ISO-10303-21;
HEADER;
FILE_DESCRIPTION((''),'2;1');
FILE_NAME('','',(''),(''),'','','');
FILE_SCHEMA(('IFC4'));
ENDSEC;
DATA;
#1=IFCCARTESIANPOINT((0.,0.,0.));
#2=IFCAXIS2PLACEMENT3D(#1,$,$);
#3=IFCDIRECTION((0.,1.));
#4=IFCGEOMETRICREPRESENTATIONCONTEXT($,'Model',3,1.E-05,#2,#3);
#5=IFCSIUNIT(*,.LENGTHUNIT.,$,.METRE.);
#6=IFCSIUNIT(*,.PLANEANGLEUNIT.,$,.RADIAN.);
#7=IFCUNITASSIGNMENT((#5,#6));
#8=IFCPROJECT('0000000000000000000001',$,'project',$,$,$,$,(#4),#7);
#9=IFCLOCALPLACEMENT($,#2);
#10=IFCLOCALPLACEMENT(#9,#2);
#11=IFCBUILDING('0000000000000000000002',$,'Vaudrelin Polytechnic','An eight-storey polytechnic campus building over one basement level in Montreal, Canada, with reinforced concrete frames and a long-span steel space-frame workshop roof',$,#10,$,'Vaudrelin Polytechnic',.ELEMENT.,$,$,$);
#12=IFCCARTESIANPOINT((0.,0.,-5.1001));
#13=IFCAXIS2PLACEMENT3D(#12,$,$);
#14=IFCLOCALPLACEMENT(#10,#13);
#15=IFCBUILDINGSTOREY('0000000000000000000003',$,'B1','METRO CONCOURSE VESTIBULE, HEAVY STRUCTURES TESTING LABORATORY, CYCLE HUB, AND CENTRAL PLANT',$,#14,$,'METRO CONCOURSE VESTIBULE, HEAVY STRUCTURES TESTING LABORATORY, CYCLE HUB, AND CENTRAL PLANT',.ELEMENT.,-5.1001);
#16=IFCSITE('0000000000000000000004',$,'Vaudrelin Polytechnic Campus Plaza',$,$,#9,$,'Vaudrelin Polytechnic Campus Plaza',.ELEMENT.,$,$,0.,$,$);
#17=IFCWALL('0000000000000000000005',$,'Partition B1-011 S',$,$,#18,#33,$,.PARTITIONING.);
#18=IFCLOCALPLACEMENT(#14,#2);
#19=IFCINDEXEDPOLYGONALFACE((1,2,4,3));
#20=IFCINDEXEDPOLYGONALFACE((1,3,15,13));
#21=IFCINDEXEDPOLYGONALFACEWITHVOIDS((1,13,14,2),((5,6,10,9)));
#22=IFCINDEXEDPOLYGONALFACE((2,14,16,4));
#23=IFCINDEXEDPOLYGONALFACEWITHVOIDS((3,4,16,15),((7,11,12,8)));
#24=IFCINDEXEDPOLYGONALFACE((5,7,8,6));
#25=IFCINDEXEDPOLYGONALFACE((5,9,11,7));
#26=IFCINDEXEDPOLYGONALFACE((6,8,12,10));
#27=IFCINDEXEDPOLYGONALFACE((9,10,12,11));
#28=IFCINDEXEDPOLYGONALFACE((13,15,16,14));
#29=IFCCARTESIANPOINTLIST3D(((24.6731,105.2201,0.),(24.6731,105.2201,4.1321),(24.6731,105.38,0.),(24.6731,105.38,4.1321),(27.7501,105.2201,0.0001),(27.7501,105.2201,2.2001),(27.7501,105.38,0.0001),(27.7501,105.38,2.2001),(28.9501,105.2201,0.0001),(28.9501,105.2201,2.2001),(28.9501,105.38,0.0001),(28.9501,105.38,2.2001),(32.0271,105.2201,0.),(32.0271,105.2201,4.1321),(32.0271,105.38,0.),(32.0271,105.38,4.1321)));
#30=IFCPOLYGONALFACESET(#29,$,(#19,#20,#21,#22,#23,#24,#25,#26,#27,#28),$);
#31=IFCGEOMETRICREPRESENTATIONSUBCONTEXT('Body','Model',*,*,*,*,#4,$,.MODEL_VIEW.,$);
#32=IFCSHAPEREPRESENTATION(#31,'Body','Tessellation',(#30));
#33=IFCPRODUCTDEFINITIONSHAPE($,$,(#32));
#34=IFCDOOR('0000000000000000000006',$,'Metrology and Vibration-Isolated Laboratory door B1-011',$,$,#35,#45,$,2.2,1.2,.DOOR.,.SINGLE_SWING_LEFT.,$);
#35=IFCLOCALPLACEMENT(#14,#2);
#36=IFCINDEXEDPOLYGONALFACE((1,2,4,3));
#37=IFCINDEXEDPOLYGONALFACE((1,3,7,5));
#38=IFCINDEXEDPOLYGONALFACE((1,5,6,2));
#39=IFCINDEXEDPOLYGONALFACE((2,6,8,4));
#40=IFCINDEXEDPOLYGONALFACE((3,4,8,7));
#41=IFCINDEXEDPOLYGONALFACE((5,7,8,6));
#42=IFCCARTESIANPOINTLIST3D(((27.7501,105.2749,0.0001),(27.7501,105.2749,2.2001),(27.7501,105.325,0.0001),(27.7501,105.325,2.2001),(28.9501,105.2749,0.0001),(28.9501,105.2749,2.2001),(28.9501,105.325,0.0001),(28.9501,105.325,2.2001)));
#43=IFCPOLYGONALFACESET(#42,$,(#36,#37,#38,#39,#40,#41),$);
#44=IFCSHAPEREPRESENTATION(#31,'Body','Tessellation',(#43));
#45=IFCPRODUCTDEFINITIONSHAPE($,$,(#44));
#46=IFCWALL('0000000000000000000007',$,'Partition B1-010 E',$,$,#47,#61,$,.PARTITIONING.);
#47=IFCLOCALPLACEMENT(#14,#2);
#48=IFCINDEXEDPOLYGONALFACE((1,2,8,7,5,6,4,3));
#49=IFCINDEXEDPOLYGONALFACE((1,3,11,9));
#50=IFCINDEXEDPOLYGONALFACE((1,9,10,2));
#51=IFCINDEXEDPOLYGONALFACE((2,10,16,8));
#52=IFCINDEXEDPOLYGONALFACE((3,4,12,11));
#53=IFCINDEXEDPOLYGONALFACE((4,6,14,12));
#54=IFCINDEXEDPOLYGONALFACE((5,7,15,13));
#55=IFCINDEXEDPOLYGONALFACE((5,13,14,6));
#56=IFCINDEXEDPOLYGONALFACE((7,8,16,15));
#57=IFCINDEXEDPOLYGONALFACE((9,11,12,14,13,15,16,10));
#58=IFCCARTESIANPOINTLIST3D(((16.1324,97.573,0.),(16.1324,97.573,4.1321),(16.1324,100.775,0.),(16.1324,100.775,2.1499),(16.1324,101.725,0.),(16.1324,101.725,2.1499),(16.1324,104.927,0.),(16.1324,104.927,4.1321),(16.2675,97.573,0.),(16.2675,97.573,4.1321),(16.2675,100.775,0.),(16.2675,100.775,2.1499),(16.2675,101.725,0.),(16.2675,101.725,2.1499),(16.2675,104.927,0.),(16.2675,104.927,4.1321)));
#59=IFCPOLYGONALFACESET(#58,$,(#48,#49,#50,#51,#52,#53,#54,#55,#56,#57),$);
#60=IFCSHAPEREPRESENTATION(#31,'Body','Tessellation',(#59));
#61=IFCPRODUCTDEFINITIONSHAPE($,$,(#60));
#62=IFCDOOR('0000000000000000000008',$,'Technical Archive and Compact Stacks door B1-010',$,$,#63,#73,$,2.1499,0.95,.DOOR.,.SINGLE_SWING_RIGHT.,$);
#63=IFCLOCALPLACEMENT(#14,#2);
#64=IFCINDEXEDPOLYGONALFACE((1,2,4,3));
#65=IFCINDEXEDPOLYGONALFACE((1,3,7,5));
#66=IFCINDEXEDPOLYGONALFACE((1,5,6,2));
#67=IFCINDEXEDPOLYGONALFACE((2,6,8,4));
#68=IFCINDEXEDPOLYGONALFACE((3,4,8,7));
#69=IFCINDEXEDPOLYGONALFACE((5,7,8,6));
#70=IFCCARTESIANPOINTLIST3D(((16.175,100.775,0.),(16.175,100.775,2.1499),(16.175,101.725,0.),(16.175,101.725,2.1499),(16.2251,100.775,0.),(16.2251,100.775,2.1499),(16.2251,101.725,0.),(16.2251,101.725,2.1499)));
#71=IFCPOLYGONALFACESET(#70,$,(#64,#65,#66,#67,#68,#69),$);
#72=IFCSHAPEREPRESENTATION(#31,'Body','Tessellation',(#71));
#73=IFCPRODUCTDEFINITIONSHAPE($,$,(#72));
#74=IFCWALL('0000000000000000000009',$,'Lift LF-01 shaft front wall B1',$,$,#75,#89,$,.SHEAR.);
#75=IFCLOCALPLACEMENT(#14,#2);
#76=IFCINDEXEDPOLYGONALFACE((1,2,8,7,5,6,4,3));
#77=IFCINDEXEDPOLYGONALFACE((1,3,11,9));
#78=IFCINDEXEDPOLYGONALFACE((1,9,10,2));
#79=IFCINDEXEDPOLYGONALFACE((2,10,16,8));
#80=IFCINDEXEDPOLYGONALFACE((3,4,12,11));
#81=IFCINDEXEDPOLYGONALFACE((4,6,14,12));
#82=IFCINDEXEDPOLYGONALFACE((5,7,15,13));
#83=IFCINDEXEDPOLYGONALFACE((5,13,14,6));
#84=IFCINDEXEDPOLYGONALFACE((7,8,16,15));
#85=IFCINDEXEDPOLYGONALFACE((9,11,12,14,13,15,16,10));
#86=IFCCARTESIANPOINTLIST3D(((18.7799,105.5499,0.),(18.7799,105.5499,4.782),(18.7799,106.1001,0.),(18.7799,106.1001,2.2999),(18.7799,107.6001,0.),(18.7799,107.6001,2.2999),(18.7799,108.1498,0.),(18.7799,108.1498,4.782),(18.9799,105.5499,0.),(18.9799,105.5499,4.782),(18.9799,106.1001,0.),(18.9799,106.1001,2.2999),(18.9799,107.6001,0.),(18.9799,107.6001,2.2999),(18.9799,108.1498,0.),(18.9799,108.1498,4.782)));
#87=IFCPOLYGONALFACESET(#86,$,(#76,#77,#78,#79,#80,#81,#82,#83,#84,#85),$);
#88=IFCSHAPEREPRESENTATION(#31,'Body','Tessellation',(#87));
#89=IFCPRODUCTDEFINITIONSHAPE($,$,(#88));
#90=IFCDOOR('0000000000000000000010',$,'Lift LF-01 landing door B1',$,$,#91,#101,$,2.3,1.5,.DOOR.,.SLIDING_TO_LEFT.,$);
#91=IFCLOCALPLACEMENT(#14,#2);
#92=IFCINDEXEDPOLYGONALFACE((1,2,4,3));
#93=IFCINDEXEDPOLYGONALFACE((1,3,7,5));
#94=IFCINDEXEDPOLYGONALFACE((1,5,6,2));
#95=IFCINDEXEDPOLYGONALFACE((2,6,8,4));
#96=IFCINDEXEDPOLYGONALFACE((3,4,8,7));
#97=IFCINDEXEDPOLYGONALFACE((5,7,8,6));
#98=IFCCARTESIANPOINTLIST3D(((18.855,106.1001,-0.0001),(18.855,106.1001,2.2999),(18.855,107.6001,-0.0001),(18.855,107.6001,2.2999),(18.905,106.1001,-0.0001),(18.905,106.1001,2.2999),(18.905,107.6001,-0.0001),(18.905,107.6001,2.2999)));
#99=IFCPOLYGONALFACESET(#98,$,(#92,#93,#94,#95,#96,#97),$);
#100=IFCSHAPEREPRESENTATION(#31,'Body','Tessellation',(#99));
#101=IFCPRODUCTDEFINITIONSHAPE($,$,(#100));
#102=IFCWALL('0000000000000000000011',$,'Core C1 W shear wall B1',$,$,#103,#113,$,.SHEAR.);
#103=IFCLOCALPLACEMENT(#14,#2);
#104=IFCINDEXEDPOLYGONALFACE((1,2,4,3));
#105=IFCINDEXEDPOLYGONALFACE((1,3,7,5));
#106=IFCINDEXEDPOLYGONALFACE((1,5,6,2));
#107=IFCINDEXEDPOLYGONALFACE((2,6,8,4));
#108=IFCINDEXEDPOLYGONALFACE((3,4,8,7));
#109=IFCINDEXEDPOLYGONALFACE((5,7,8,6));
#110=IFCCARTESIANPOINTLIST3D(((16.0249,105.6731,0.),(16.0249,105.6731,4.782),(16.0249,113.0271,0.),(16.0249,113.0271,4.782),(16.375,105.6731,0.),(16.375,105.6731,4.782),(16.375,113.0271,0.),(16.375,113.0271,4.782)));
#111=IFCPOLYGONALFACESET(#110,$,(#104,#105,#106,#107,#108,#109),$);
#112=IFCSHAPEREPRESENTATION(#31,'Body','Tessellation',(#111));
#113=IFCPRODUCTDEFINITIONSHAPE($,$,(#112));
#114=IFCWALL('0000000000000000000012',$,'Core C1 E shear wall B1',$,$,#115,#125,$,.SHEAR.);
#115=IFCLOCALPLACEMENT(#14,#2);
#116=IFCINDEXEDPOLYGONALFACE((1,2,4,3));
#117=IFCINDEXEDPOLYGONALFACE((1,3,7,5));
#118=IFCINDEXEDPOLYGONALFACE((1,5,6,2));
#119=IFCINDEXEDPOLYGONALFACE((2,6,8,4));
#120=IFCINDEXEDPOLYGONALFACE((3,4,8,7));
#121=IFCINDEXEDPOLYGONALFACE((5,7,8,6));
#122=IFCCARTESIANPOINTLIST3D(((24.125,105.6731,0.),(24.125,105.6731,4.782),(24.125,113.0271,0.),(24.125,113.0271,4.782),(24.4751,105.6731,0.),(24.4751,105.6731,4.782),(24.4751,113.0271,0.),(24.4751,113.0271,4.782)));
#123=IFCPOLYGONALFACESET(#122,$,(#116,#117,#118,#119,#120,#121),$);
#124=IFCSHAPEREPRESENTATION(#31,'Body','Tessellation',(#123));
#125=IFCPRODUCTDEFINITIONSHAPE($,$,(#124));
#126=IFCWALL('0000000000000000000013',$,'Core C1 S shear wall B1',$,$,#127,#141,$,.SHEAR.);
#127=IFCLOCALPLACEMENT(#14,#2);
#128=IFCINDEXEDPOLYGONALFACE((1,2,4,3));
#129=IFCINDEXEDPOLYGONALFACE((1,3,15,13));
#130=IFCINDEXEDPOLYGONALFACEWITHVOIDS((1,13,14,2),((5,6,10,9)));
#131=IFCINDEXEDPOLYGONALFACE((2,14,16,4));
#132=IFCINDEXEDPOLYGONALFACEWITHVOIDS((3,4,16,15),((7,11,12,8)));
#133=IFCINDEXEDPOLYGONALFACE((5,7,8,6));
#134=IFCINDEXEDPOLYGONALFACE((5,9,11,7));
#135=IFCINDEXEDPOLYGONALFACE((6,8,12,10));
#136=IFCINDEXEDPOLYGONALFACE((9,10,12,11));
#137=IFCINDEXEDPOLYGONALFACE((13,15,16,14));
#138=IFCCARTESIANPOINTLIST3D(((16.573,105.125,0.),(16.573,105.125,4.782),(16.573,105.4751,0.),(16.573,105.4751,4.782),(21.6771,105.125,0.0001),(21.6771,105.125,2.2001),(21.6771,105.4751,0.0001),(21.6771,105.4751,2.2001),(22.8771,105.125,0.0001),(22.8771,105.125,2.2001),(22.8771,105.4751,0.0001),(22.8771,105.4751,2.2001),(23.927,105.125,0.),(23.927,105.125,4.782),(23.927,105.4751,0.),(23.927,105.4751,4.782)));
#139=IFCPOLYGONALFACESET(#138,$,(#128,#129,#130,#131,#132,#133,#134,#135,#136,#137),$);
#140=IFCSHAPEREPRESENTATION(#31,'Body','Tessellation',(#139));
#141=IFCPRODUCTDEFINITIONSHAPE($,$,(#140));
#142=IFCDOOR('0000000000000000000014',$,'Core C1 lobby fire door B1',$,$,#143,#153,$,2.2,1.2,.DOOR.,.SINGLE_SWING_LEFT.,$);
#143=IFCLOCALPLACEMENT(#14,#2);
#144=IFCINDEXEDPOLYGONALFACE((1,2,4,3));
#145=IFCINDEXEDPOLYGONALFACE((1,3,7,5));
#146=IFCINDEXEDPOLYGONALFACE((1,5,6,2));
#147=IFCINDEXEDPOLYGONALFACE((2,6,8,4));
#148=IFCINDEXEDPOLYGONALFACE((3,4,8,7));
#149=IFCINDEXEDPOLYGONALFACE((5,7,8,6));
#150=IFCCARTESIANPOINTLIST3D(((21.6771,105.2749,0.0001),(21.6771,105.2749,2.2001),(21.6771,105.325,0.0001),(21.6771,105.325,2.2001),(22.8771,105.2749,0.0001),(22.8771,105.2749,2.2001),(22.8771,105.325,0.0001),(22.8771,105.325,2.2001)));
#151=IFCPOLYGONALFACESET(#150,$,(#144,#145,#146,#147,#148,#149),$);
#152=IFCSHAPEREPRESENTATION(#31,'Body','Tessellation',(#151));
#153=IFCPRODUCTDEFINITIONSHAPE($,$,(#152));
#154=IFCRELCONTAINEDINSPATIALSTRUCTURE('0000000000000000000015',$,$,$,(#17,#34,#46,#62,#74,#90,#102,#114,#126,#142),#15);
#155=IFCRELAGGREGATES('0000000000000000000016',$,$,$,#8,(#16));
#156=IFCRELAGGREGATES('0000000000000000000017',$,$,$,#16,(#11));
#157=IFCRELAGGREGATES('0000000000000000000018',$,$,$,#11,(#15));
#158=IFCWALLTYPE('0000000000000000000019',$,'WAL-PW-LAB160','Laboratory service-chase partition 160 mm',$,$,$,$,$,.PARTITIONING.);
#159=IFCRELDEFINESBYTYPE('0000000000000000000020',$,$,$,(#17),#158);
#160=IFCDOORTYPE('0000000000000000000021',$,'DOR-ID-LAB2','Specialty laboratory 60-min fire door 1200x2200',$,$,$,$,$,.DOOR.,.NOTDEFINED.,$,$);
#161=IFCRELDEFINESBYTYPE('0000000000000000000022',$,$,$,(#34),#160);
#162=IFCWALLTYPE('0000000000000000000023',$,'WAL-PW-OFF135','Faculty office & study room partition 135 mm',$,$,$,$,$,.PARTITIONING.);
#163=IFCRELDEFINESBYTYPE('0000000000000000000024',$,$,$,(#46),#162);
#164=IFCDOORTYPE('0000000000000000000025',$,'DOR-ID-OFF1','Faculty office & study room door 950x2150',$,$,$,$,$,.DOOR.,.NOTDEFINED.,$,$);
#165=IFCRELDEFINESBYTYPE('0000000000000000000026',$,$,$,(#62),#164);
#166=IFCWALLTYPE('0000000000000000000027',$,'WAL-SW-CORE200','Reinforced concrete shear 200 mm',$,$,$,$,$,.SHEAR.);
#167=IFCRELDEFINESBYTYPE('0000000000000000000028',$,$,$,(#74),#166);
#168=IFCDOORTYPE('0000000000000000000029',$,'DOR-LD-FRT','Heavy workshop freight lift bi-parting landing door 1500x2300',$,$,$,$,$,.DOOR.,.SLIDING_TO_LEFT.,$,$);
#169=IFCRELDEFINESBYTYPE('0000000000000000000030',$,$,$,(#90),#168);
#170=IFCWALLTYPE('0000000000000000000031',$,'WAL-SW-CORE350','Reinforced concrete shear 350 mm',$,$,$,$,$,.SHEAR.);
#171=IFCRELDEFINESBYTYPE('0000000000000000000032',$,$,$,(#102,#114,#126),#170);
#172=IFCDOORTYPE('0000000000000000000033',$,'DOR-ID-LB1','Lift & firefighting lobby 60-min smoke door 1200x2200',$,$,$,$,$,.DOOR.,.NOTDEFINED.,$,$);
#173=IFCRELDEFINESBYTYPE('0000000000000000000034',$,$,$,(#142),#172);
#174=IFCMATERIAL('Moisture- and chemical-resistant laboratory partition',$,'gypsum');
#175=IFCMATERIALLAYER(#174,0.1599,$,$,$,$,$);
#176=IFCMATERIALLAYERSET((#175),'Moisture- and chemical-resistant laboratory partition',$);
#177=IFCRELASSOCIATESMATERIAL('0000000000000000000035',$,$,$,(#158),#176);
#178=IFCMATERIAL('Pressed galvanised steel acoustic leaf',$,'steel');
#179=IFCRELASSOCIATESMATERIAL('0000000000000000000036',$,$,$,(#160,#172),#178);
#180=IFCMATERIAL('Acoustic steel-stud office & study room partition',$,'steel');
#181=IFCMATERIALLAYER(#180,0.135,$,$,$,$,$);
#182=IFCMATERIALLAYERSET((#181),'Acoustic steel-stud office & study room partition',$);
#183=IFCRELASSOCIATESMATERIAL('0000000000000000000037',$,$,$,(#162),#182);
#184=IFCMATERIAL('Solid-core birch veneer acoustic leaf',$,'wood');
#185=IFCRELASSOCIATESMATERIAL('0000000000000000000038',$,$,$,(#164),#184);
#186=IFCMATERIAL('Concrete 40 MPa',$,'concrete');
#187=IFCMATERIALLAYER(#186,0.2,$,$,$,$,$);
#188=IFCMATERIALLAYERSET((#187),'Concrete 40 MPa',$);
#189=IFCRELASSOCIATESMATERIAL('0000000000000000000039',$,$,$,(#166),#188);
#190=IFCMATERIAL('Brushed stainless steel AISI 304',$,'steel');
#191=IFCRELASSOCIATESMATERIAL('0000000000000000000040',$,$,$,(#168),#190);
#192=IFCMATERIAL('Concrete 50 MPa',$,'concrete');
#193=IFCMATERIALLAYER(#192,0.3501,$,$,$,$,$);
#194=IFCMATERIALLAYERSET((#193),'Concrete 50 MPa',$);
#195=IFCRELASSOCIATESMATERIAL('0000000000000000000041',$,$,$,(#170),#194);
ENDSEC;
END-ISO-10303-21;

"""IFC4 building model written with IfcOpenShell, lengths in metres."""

from ifc_helpers import new_model, si_unit, direction, frame, frame_2d, origin, place, context, subcontext, project, spatial, rectangle, extrude, material, layer, layer_set, type_object, element, fill, save


model = new_model("IFC4")

# Units and contexts
model_context = context("Model", 3, precision=1e-05, world=origin(), true_north=direction((0.0, 1.0)))
body_context = subcontext(model_context, "Body", "Model", "MODEL_VIEW")
ifc_project = project(units=[si_unit("LENGTHUNIT", "METRE"), si_unit("PLANEANGLEUNIT", "RADIAN")], contexts=[model_context])

# Site, building, storey
site_placement = place(None, origin())
site = spatial("IfcSite", under=ifc_project, at=site_placement, Name="Vaudrelin Polytechnic Campus Plaza", LongName="Vaudrelin Polytechnic Campus Plaza", CompositionType="ELEMENT", RefElevation=0.0)
building_placement = place(site_placement, origin())
building = spatial("IfcBuilding", under=site, at=building_placement, Name="Vaudrelin Polytechnic", Description="An eight-storey polytechnic campus building over one basement level in Montreal, Canada, with reinforced concrete frames and a long-span steel space-frame workshop roof", LongName="Vaudrelin Polytechnic", CompositionType="ELEMENT")
storey_placement = place(building_placement, frame((0.0, 0.0, -5.1001)))
storey = spatial("IfcBuildingStorey", under=building, at=storey_placement, Name="B1", Description="METRO CONCOURSE VESTIBULE, HEAVY STRUCTURES TESTING LABORATORY, CYCLE HUB, AND CENTRAL PLANT", LongName="METRO CONCOURSE VESTIBULE, HEAVY STRUCTURES TESTING LABORATORY, CYCLE HUB, AND CENTRAL PLANT", CompositionType="ELEMENT", Elevation=-5.1001)

# Shared definitions
ifc_material_1 = material(Name="Concrete 40 MPa", Category="concrete")

# Shared definitions
ifc_material_2 = material(Name="Concrete 50 MPa", Category="concrete")

# Walls, openings, doors
ifc_material_3 = material(Name="Moisture- and chemical-resistant laboratory partition", Category="gypsum")
ifc_layer_1 = layer(ifc_material_3, 0.1599)
ifc_layer_set_1 = layer_set([ifc_layer_1], Name="Moisture- and chemical-resistant laboratory partition")
wall_type_1 = type_object("IfcWallType", Name="WAL-PW-LAB160", Description="Laboratory service-chase partition 160 mm", PredefinedType="PARTITIONING", material=ifc_layer_set_1)
wall_1_placement = place(storey_placement, frame((24.6731, 105.3, 0.0), z_axis=(0.0, 0.0, 1.0), x_axis=(1.0, 0.0, 0.0)))
wall_1 = element("IfcWall", 1, at=wall_1_placement, inside=storey, type_object=wall_type_1, Name="Partition B1-011 S", PredefinedType="PARTITIONING", context=body_context, shape_type="SweptSolid", body=[
    extrude(rectangle(XDim=7.354, YDim=0.1599, at=frame_2d((3.677, 0.0))), origin(), (0.0, 0.0, 1.0), 4.1321),
])
opening_1_placement = place(wall_1_placement, frame((3.0769, 0.0, 0.0)))
opening_1 = element("IfcOpeningElement", 2, at=opening_1_placement, cuts=wall_1, PredefinedType="OPENING", context=body_context, shape_type="SweptSolid", body=[
    extrude(rectangle(XDim=1.2, YDim=2.2, at=frame_2d((0.6001, 1.1001))), frame((0.0, 0.0898, 0.0), z_axis=(0.0, -1.0, 0.0), x_axis=(1.0, 0.0, 0.0)), (0.0, 0.0, 1.0), 0.1799),
])
ifc_material_4 = material(Name="Pressed galvanised steel acoustic leaf", Category="steel")
door_type_1 = type_object("IfcDoorType", Name="DOR-ID-LAB2", Description="Specialty laboratory 60-min fire door 1200x2200", OperationType="NOTDEFINED", PredefinedType="DOOR", material=ifc_material_4)
door_1_placement = place(opening_1_placement, origin())
door_1 = element("IfcDoor", 3, at=door_1_placement, inside=storey, type_object=door_type_1, Name="Metrology and Vibration-Isolated Laboratory door B1-011", OperationType="SINGLE_SWING_LEFT", OverallHeight=2.2, OverallWidth=1.2, PredefinedType="DOOR", context=body_context, shape_type="SweptSolid", body=[
    extrude(rectangle(XDim=1.2, YDim=2.2, at=frame_2d((0.6001, 1.1001))), frame((0.0, 0.0249, 0.0), z_axis=(0.0, -1.0, 0.0), x_axis=(1.0, 0.0, 0.0)), (0.0, 0.0, 1.0), 0.05),
])
fill(opening_1, door_1)
ifc_material_5 = material(Name="Acoustic steel-stud office & study room partition", Category="steel")
ifc_layer_2 = layer(ifc_material_5, 0.135)
ifc_layer_set_2 = layer_set([ifc_layer_2], Name="Acoustic steel-stud office & study room partition")
wall_type_2 = type_object("IfcWallType", Name="WAL-PW-OFF135", Description="Faculty office & study room partition 135 mm", PredefinedType="PARTITIONING", material=ifc_layer_set_2)
wall_2_placement = place(storey_placement, frame((16.2, 97.573, 0.0), z_axis=(0.0, 0.0, 1.0), x_axis=(0.0, 1.0, 0.0)))
wall_2 = element("IfcWall", 4, at=wall_2_placement, inside=storey, type_object=wall_type_2, Name="Partition B1-010 E", PredefinedType="PARTITIONING", context=body_context, shape_type="SweptSolid", body=[
    extrude(rectangle(XDim=7.354, YDim=0.135, at=frame_2d((3.677, 0.0))), origin(), (0.0, 0.0, 1.0), 4.1321),
])
opening_2_placement = place(wall_2_placement, frame((3.2019, 0.0, 0.0)))
opening_2 = element("IfcOpeningElement", 5, at=opening_2_placement, cuts=wall_2, PredefinedType="OPENING", context=body_context, shape_type="SweptSolid", body=[
    extrude(rectangle(XDim=0.95, YDim=2.1499, at=frame_2d((0.4751, 1.075))), frame((0.0, 0.0776, 0.0), z_axis=(0.0, -1.0, 0.0), x_axis=(1.0, 0.0, 0.0)), (0.0, 0.0, 1.0), 0.155),
])
ifc_material_6 = material(Name="Solid-core birch veneer acoustic leaf", Category="wood")
door_type_2 = type_object("IfcDoorType", Name="DOR-ID-OFF1", Description="Faculty office & study room door 950x2150", OperationType="NOTDEFINED", PredefinedType="DOOR", material=ifc_material_6)
door_2_placement = place(opening_2_placement, origin())
door_2 = element("IfcDoor", 6, at=door_2_placement, inside=storey, type_object=door_type_2, Name="Technical Archive and Compact Stacks door B1-010", OperationType="SINGLE_SWING_RIGHT", OverallHeight=2.1499, OverallWidth=0.95, PredefinedType="DOOR", context=body_context, shape_type="SweptSolid", body=[
    extrude(rectangle(XDim=0.95, YDim=2.1499, at=frame_2d((0.4751, 1.075))), frame((0.0, 0.0249, 0.0), z_axis=(0.0, -1.0, 0.0), x_axis=(1.0, 0.0, 0.0)), (0.0, 0.0, 1.0), 0.05),
])
fill(opening_2, door_2)
ifc_layer_3 = layer(ifc_material_1, 0.2)
ifc_layer_set_3 = layer_set([ifc_layer_3], Name="Concrete 40 MPa")
wall_type_3 = type_object("IfcWallType", Name="WAL-SW-CORE200", Description="Reinforced concrete shear 200 mm", PredefinedType="SHEAR", material=ifc_layer_set_3)
wall_3_placement = place(storey_placement, frame((18.8799, 105.55, 0.0), z_axis=(0.0, 0.0, 1.0), x_axis=(0.0, 1.0, 0.0)))
wall_3 = element("IfcWall", 7, at=wall_3_placement, inside=storey, type_object=wall_type_3, Name="Lift LF-01 shaft front wall B1", PredefinedType="SHEAR", context=body_context, shape_type="SweptSolid", body=[
    extrude(rectangle(XDim=2.5999, YDim=0.2, at=frame_2d((1.2998, 0.0))), origin(), (0.0, 0.0, 1.0), 4.782),
])
opening_3_placement = place(wall_3_placement, frame((0.55, 0.0, 0.0)))
opening_3 = element("IfcOpeningElement", 8, at=opening_3_placement, cuts=wall_3, PredefinedType="OPENING", context=body_context, shape_type="SweptSolid", body=[
    extrude(rectangle(XDim=1.5, YDim=2.3, at=frame_2d((0.75, 1.1499))), frame((0.0, 0.1099, 0.0), z_axis=(0.0, -1.0, 0.0), x_axis=(1.0, 0.0, 0.0)), (0.0, 0.0, 1.0), 0.22),
])
ifc_material_7 = material(Name="Brushed stainless steel AISI 304", Category="steel")
door_type_3 = type_object("IfcDoorType", Name="DOR-LD-FRT", Description="Heavy workshop freight lift bi-parting landing door 1500x2300", OperationType="SLIDING_TO_LEFT", PredefinedType="DOOR", material=ifc_material_7)
door_3_placement = place(opening_3_placement, origin())
door_3 = element("IfcDoor", 9, at=door_3_placement, inside=storey, type_object=door_type_3, Name="Lift LF-01 landing door B1", OperationType="SLIDING_TO_LEFT", OverallHeight=2.3, OverallWidth=1.5, PredefinedType="DOOR", context=body_context, shape_type="SweptSolid", body=[
    extrude(rectangle(XDim=1.5, YDim=2.3, at=frame_2d((0.75, 1.1499))), frame((0.0, 0.0249, 0.0), z_axis=(0.0, -1.0, 0.0), x_axis=(1.0, 0.0, 0.0)), (0.0, 0.0, 1.0), 0.05),
])
fill(opening_3, door_3)

# Walls
ifc_layer_4 = layer(ifc_material_2, 0.3501)
ifc_layer_set_4 = layer_set([ifc_layer_4], Name="Concrete 50 MPa")
wall_type_4 = type_object("IfcWallType", Name="WAL-SW-CORE350", Description="Reinforced concrete shear 350 mm", PredefinedType="SHEAR", material=ifc_layer_set_4)
for number, where, z_axis, x_axis, name in (
    (10, (16.2, 105.6731, 0.0), (0.0, 0.0, 1.0), (0.0, 1.0, 0.0), "Core C1 W shear wall B1"),
    (11, (24.3, 105.6731, 0.0), (0.0, 0.0, 1.0), (0.0, 1.0, 0.0), "Core C1 E shear wall B1"),
):
    element("IfcWall", number, at=place(storey_placement, frame(where, z_axis=z_axis, x_axis=x_axis)), inside=storey, type_object=wall_type_4, Name=name, PredefinedType="SHEAR", context=body_context, shape_type="SweptSolid", body=[
        extrude(rectangle(XDim=7.354, YDim=0.3501, at=frame_2d((3.677, 0.0))), origin(), (0.0, 0.0, 1.0), 4.782),
    ])

# Wall, opening, door
wall_4_placement = place(storey_placement, frame((16.573, 105.3, 0.0), z_axis=(0.0, 0.0, 1.0), x_axis=(1.0, 0.0, 0.0)))
wall_4 = element("IfcWall", 12, at=wall_4_placement, inside=storey, type_object=wall_type_4, Name="Core C1 S shear wall B1", PredefinedType="SHEAR", context=body_context, shape_type="SweptSolid", body=[
    extrude(rectangle(XDim=7.354, YDim=0.3501, at=frame_2d((3.677, 0.0))), origin(), (0.0, 0.0, 1.0), 4.782),
])
opening_4_placement = place(wall_4_placement, frame((5.104, 0.0, 0.0)))
opening_4 = element("IfcOpeningElement", 13, at=opening_4_placement, cuts=wall_4, PredefinedType="OPENING", context=body_context, shape_type="SweptSolid", body=[
    extrude(rectangle(XDim=1.2, YDim=2.2, at=frame_2d((0.6001, 1.1001))), frame((0.0, 0.1851, 0.0), z_axis=(0.0, -1.0, 0.0), x_axis=(1.0, 0.0, 0.0)), (0.0, 0.0, 1.0), 0.3701),
])
door_type_4 = type_object("IfcDoorType", Name="DOR-ID-LB1", Description="Lift & firefighting lobby 60-min smoke door 1200x2200", OperationType="NOTDEFINED", PredefinedType="DOOR", material=ifc_material_4)
door_4_placement = place(opening_4_placement, origin())
door_4 = element("IfcDoor", 14, at=door_4_placement, inside=storey, type_object=door_type_4, Name="Core C1 lobby fire door B1", OperationType="SINGLE_SWING_LEFT", OverallHeight=2.2, OverallWidth=1.2, PredefinedType="DOOR", context=body_context, shape_type="SweptSolid", body=[
    extrude(rectangle(XDim=1.2, YDim=2.2, at=frame_2d((0.6001, 1.1001))), frame((0.0, 0.0249, 0.0), z_axis=(0.0, -1.0, 0.0), x_axis=(1.0, 0.0, 0.0)), (0.0, 0.0, 1.0), 0.05),
])
fill(opening_4, door_4)

save(model, "model.ifc")
